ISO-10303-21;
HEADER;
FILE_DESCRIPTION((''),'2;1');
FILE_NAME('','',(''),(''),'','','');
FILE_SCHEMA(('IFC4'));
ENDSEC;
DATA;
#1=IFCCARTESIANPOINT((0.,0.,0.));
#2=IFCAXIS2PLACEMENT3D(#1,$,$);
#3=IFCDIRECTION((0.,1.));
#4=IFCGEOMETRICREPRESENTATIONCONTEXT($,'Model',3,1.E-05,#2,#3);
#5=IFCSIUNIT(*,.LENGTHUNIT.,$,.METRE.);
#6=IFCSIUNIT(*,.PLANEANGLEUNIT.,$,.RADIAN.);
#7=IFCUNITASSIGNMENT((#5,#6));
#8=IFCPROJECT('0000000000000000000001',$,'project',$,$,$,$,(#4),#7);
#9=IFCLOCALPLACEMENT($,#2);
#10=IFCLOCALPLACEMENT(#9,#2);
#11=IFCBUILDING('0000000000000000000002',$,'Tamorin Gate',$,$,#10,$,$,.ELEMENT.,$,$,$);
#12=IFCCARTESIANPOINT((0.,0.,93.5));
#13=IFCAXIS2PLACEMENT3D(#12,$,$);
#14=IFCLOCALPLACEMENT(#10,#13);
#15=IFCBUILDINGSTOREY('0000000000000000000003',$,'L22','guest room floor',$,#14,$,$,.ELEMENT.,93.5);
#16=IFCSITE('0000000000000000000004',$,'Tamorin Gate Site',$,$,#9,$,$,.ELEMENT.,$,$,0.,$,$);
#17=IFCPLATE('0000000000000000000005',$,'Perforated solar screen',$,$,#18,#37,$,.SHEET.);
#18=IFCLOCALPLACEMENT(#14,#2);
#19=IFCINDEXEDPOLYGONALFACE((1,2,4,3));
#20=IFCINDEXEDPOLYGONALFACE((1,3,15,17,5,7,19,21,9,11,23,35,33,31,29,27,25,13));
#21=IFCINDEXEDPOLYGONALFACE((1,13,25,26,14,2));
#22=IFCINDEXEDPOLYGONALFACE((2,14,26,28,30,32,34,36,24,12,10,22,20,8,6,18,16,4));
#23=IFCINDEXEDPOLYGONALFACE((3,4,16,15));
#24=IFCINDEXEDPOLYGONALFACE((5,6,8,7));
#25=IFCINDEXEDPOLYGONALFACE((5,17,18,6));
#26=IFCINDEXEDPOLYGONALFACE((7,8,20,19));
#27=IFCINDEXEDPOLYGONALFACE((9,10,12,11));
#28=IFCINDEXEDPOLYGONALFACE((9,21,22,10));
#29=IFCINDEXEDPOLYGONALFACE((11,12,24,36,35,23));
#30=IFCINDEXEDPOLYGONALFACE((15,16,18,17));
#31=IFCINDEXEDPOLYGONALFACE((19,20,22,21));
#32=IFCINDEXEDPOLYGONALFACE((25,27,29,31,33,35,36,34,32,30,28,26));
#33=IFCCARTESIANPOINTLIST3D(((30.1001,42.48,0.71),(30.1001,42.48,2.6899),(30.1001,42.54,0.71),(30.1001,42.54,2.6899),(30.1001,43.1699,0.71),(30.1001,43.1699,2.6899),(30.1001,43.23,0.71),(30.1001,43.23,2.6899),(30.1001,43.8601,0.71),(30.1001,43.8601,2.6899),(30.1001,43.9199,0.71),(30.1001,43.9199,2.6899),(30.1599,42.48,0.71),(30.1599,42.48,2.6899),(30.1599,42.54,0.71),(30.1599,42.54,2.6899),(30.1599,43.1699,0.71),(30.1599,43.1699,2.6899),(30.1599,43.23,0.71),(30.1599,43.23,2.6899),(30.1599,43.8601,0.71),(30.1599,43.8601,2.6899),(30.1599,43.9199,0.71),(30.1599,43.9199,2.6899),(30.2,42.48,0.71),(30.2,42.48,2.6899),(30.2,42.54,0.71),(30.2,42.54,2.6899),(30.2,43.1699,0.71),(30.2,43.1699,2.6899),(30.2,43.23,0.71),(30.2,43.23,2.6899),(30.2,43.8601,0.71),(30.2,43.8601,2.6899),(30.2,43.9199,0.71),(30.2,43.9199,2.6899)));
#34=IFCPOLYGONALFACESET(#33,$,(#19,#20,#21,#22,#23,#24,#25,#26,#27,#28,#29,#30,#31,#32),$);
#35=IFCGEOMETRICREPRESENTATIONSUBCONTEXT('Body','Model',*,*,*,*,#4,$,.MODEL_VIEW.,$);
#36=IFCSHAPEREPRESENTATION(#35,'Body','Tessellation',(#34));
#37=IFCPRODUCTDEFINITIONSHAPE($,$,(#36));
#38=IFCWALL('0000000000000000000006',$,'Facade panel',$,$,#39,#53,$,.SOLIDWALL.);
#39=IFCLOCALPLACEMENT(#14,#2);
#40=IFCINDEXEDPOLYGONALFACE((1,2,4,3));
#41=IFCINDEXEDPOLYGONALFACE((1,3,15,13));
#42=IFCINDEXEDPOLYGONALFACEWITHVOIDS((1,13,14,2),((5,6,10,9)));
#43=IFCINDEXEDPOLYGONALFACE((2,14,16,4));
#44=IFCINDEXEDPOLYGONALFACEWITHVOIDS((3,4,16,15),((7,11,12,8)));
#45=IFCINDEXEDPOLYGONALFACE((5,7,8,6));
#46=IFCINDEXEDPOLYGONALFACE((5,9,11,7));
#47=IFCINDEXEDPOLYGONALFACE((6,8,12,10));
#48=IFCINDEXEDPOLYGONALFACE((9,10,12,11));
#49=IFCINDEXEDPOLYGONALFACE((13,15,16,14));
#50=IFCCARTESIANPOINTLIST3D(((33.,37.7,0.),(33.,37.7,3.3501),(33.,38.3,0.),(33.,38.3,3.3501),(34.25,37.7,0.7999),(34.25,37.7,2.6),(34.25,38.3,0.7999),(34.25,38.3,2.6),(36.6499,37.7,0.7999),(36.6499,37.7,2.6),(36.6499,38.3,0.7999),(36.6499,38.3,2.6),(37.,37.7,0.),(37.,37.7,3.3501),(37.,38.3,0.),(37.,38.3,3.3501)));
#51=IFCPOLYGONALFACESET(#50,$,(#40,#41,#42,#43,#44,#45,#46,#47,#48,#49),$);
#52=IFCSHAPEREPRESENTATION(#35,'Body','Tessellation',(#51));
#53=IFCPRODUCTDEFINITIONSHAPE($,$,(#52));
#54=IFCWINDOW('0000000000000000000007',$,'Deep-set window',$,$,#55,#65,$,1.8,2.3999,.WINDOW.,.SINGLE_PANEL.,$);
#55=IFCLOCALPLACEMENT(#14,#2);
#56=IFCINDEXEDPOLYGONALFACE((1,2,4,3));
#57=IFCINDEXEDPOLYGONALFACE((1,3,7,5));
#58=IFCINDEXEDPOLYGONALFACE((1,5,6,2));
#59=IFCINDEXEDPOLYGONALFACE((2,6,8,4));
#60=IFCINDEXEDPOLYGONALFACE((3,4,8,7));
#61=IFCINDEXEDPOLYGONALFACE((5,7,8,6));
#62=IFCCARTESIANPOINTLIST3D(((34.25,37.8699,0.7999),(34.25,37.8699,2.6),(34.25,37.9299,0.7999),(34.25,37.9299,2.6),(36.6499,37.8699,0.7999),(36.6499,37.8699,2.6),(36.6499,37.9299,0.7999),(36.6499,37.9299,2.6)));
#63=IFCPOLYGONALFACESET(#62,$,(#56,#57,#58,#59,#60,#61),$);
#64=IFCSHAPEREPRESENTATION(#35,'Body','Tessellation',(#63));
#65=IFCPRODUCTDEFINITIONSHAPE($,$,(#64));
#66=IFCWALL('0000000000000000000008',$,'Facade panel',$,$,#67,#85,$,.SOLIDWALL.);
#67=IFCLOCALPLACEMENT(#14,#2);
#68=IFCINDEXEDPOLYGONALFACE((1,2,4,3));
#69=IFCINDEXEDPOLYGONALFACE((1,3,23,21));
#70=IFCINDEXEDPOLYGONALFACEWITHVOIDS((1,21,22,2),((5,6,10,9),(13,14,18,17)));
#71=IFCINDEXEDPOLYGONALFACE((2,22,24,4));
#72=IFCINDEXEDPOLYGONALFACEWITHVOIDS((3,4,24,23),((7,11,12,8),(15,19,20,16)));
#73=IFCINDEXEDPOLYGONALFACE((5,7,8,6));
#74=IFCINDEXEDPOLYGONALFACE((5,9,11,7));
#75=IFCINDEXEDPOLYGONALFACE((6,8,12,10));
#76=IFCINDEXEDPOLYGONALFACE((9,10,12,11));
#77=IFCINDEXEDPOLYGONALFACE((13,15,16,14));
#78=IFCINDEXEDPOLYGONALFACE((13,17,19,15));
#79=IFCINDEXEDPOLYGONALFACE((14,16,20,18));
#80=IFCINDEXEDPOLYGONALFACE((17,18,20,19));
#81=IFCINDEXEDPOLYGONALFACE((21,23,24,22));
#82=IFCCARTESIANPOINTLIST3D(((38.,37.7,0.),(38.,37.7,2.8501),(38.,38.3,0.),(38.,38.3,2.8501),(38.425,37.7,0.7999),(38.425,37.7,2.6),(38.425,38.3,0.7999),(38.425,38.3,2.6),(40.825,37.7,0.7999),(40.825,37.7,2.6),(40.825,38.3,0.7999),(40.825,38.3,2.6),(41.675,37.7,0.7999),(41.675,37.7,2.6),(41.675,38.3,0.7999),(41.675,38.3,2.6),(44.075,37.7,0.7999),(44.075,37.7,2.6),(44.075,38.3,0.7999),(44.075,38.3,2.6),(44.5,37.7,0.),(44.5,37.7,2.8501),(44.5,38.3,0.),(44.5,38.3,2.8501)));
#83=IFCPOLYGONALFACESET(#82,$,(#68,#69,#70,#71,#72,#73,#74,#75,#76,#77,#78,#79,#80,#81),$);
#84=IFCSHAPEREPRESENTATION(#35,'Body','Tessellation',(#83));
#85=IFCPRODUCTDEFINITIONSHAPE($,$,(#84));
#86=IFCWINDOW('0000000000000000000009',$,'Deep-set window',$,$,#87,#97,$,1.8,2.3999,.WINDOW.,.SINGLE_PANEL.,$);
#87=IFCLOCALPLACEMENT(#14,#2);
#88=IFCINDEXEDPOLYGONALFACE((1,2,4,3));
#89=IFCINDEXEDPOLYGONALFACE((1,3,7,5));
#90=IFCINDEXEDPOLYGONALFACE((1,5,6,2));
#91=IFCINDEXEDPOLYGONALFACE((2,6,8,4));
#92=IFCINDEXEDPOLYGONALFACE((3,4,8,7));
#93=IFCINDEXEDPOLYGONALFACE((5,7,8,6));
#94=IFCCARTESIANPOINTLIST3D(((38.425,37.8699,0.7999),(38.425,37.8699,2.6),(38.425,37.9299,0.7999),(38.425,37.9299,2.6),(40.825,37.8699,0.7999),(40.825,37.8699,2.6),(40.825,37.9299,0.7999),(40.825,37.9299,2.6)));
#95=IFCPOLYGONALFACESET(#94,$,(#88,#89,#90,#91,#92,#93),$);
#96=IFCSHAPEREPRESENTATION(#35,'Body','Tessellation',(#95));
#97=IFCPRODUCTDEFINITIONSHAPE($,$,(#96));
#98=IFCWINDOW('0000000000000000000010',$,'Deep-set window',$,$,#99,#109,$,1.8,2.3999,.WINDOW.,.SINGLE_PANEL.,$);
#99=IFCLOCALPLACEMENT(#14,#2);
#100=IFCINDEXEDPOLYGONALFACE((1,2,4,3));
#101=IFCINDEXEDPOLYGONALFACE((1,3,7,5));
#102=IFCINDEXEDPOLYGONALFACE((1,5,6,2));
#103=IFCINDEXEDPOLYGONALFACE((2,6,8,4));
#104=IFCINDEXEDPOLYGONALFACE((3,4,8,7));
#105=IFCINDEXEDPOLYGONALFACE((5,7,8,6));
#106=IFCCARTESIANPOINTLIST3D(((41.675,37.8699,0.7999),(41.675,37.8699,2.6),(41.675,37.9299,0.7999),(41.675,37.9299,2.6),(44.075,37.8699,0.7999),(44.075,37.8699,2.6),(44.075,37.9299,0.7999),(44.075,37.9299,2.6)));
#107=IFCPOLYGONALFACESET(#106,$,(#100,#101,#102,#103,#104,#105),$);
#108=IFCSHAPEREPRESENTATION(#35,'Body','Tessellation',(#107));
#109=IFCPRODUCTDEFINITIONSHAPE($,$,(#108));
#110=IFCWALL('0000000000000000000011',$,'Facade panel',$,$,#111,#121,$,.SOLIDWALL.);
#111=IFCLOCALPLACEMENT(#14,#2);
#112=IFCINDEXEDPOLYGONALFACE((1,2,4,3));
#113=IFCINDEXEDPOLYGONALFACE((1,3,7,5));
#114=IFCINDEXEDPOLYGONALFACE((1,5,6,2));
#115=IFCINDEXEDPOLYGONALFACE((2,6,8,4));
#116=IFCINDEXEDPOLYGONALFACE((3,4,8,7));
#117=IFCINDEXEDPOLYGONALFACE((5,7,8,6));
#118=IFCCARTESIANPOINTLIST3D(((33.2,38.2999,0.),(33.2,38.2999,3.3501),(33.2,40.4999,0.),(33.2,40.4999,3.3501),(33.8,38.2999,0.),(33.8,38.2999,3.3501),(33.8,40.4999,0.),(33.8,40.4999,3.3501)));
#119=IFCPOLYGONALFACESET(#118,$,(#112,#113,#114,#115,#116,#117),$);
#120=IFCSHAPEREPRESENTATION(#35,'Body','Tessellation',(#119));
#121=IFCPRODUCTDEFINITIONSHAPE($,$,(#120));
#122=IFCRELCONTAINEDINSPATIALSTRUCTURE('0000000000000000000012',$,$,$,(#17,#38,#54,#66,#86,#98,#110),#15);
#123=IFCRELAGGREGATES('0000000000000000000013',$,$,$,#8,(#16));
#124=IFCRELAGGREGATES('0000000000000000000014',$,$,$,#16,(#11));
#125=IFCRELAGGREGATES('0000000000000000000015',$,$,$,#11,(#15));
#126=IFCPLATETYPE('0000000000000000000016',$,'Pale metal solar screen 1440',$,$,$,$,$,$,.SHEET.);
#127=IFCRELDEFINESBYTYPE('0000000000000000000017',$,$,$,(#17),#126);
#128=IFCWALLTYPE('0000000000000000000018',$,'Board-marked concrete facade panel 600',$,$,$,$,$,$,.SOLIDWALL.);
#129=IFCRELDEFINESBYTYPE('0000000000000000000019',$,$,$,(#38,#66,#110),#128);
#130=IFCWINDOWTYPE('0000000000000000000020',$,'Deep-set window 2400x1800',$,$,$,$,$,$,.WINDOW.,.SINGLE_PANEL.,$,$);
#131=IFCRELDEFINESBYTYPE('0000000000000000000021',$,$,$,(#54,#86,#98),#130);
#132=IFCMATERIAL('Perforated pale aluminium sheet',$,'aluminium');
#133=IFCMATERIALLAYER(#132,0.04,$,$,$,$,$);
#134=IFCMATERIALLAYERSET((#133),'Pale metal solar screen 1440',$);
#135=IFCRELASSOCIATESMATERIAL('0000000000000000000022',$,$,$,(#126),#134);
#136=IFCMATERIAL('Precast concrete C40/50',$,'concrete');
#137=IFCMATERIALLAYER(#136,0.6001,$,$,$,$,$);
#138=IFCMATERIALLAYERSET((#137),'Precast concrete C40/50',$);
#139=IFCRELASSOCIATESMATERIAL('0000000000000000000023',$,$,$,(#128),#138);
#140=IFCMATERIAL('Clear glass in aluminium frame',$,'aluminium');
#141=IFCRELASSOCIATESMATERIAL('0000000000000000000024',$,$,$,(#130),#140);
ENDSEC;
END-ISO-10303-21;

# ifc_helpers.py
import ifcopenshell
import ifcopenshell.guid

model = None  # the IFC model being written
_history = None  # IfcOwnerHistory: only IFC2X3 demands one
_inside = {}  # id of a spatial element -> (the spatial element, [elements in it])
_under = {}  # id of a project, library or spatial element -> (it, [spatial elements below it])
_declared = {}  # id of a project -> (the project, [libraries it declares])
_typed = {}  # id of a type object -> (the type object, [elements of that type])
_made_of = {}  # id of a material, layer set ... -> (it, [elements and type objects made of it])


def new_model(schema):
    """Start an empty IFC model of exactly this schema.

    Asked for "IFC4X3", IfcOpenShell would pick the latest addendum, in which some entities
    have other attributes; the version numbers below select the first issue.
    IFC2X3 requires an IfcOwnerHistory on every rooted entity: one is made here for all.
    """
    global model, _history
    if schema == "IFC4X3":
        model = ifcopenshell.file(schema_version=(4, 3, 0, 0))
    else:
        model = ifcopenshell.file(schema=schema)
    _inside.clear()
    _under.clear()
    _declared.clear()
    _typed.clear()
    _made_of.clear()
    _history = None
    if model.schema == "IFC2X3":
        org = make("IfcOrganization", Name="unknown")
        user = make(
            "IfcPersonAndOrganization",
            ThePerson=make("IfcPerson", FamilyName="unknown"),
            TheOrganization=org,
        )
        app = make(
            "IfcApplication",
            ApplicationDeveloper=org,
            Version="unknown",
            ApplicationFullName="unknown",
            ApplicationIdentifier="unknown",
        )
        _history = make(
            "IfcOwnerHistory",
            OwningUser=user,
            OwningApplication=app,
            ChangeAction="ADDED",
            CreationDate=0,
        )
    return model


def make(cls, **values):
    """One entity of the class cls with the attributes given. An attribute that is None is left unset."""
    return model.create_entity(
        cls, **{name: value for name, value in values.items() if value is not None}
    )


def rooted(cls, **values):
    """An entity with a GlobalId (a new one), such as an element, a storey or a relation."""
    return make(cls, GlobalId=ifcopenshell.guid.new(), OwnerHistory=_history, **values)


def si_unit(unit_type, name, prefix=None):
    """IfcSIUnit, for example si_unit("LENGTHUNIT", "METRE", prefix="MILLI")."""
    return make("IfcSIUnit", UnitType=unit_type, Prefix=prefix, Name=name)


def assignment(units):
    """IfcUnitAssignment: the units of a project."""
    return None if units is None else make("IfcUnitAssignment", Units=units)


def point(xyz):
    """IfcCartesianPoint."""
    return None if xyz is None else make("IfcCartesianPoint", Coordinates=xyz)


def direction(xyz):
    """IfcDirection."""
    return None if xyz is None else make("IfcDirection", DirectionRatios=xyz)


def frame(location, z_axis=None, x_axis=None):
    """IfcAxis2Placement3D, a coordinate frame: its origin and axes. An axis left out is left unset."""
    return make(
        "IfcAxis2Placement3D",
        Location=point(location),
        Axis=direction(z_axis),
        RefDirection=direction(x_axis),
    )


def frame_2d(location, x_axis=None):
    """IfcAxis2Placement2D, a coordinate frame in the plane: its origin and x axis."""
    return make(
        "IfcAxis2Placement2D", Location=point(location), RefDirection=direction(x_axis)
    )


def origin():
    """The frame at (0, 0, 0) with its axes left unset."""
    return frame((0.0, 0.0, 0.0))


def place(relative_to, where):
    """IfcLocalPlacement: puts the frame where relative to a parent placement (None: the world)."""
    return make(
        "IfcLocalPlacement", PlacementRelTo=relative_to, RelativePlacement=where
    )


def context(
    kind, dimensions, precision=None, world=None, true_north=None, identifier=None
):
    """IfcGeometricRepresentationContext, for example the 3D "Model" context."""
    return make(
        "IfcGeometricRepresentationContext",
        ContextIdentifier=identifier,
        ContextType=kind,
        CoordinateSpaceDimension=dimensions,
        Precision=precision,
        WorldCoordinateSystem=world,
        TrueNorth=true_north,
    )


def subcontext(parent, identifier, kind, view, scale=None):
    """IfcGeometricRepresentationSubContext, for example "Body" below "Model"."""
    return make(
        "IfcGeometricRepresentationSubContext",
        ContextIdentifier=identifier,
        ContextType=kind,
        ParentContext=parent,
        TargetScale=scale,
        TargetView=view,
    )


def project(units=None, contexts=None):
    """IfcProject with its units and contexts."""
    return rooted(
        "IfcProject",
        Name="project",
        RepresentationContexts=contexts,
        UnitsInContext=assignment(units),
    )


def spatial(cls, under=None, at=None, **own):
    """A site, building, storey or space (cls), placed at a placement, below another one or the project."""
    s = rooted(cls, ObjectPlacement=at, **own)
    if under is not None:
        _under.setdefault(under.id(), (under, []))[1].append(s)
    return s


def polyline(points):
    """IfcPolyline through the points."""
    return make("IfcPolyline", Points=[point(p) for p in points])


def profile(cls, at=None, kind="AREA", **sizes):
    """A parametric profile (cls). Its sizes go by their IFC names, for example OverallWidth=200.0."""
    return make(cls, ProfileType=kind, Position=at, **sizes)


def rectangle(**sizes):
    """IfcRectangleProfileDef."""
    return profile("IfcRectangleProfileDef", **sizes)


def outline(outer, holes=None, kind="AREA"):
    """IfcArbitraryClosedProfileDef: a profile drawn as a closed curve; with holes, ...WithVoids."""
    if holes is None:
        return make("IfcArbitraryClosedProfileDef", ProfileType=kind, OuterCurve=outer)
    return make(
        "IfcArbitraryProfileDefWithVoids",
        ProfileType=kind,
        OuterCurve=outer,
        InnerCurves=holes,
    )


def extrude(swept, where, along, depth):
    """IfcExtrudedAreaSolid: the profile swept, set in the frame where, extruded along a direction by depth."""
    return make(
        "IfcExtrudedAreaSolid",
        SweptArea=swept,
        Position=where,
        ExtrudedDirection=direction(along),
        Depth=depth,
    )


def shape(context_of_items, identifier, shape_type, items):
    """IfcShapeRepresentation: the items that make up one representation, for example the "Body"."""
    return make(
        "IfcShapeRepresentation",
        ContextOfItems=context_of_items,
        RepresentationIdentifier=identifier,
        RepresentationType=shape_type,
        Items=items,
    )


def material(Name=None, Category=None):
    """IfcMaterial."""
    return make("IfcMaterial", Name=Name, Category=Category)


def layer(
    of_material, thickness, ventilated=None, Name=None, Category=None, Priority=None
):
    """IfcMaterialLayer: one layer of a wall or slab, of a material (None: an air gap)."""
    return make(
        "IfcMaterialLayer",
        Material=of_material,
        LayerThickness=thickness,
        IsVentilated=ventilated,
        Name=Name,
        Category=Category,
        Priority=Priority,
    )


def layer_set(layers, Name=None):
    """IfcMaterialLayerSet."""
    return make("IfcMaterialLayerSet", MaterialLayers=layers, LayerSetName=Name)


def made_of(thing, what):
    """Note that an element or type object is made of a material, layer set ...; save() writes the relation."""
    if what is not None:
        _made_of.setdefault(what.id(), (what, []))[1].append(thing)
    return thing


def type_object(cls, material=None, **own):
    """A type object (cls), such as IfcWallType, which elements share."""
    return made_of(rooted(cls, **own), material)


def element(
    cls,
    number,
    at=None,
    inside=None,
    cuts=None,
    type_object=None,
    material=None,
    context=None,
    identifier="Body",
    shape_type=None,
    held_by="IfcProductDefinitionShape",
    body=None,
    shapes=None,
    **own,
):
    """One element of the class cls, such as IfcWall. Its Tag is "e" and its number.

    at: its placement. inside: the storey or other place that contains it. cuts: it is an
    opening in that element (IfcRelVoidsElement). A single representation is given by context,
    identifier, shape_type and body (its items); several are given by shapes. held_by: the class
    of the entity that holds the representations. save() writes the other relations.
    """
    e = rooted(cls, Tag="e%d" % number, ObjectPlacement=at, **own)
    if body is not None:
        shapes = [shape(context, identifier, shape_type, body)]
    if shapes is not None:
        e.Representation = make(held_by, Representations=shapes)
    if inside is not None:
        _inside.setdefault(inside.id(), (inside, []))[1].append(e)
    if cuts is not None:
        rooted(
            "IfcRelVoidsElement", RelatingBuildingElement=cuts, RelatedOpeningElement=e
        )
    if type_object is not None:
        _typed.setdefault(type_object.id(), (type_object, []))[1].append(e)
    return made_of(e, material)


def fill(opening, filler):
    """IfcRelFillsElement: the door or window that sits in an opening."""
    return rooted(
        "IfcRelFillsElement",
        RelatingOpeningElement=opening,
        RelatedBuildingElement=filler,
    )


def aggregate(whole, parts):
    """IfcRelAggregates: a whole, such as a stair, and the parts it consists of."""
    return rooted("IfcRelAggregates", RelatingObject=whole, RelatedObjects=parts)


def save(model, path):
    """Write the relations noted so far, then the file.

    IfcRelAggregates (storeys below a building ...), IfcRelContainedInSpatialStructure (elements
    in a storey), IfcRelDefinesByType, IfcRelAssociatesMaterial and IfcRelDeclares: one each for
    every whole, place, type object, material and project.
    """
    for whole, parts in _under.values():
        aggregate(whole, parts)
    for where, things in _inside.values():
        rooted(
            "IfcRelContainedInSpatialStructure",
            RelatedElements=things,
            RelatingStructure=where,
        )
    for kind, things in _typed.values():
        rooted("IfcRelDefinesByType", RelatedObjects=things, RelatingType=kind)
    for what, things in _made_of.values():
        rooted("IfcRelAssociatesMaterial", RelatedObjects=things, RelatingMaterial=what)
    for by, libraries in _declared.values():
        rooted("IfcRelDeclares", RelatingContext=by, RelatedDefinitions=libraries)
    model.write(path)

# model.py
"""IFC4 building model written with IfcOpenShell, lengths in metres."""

from ifc_helpers import new_model, si_unit, direction, frame, frame_2d, origin, place, context, subcontext, project, spatial, polyline, rectangle, outline, extrude, material, layer, layer_set, type_object, element, fill, save


model = new_model("IFC4")

# Units and contexts
model_context = context("Model", 3, precision=1e-05, world=origin(), true_north=direction((0.0, 1.0)))
body_context = subcontext(model_context, "Body", "Model", "MODEL_VIEW")
ifc_project = project(units=[si_unit("LENGTHUNIT", "METRE"), si_unit("PLANEANGLEUNIT", "RADIAN")], contexts=[model_context])

# Site, building, storey
site_placement = place(None, origin())
site = spatial("IfcSite", under=ifc_project, at=site_placement, Name="Tamorin Gate Site", CompositionType="ELEMENT", RefElevation=0.0)
building_placement = place(site_placement, origin())
building = spatial("IfcBuilding", under=site, at=building_placement, Name="Tamorin Gate", CompositionType="ELEMENT")
storey_placement = place(building_placement, frame((0.0, 0.0, 93.5)))
storey = spatial("IfcBuildingStorey", under=building, at=storey_placement, Name="L22", Description="guest room floor", CompositionType="ELEMENT", Elevation=93.5)

# Plate
ifc_material_1 = material(Name="Perforated pale aluminium sheet", Category="aluminium")
ifc_layer_1 = layer(ifc_material_1, 0.04)
ifc_layer_set_1 = layer_set([ifc_layer_1], Name="Pale metal solar screen 1440")
plate_type = type_object("IfcPlateType", Name="Pale metal solar screen 1440", PredefinedType="SHEET", material=ifc_layer_set_1)
plate_1_placement = place(storey_placement, frame((0.0, 0.0, 0.71)))
element("IfcPlate", 1, at=plate_1_placement, inside=storey, type_object=plate_type, Name="Perforated solar screen", PredefinedType="SHEET", context=body_context, shape_type="SweptSolid", body=[
    extrude(outline(polyline([(30.1599, 43.9199), (30.2, 43.9199), (30.2, 43.8601), (30.2, 43.23), (30.2, 43.1699), (30.2, 42.54), (30.2, 42.48), (30.1599, 42.48), (30.1001, 42.48), (30.1001, 42.54), (30.1599, 42.54), (30.1599, 43.1699), (30.1001, 43.1699), (30.1001, 43.23), (30.1599, 43.23), (30.1599, 43.8601), (30.1001, 43.8601), (30.1001, 43.9199), (30.1599, 43.9199)])), origin(), (0.0, 0.0, 1.0), 1.98),
])

# Wall, opening, window
ifc_material_2 = material(Name="Precast concrete C40/50", Category="concrete")
ifc_layer_2 = layer(ifc_material_2, 0.6001)
ifc_layer_set_2 = layer_set([ifc_layer_2], Name="Precast concrete C40/50")
wall_type = type_object("IfcWallType", Name="Board-marked concrete facade panel 600", PredefinedType="SOLIDWALL", material=ifc_layer_set_2)
wall_1_placement = place(storey_placement, frame((33.0, 38.0, 0.0), z_axis=(0.0, 0.0, 1.0), x_axis=(1.0, 0.0, 0.0)))
wall_1 = element("IfcWall", 2, at=wall_1_placement, inside=storey, type_object=wall_type, Name="Facade panel", PredefinedType="SOLIDWALL", context=body_context, shape_type="SweptSolid", body=[
    extrude(rectangle(XDim=4.0, YDim=0.6001, at=frame_2d((2.0, 0.0))), origin(), (0.0, 0.0, 1.0), 3.3501),
])
opening_1_placement = place(wall_1_placement, frame((1.25, 0.0, 0.8)))
opening_1 = element("IfcOpeningElement", 3, at=opening_1_placement, cuts=wall_1, PredefinedType="OPENING", context=body_context, shape_type="SweptSolid", body=[
    extrude(rectangle(XDim=2.3999, YDim=1.8, at=frame_2d((1.2, 0.8999))), frame((0.0, 0.3101, 0.0), z_axis=(0.0, -1.0, 0.0), x_axis=(1.0, 0.0, 0.0)), (0.0, 0.0, 1.0), 0.6201),
])
ifc_material_3 = material(Name="Clear glass in aluminium frame", Category="aluminium")
window_type = type_object("IfcWindowType", Name="Deep-set window 2400x1800", PartitioningType="SINGLE_PANEL", PredefinedType="WINDOW", material=ifc_material_3)
window_1_placement = place(opening_1_placement, origin())
window_1 = element("IfcWindow", 4, at=window_1_placement, inside=storey, type_object=window_type, Name="Deep-set window", OverallHeight=1.8, OverallWidth=2.3999, PartitioningType="SINGLE_PANEL", PredefinedType="WINDOW", context=body_context, shape_type="SweptSolid", body=[
    extrude(rectangle(XDim=2.3999, YDim=1.8, at=frame_2d((1.2, 0.8999))), frame((0.0, -0.0701, 0.0), z_axis=(0.0, -1.0, 0.0), x_axis=(1.0, 0.0, 0.0)), (0.0, 0.0, 1.0), 0.0601),
])
fill(opening_1, window_1)

# Wall, openings, windows
wall_2_placement = place(storey_placement, frame((38.0, 38.0, 0.0), z_axis=(0.0, 0.0, 1.0), x_axis=(1.0, 0.0, 0.0)))
wall_2 = element("IfcWall", 5, at=wall_2_placement, inside=storey, type_object=wall_type, Name="Facade panel", PredefinedType="SOLIDWALL", context=body_context, shape_type="SweptSolid", body=[
    extrude(rectangle(XDim=6.5, YDim=0.6001, at=frame_2d((3.25, 0.0))), origin(), (0.0, 0.0, 1.0), 2.8501),
])
opening_2_placement = place(wall_2_placement, frame((0.425, 0.0, 0.8)))
opening_2 = element("IfcOpeningElement", 6, at=opening_2_placement, cuts=wall_2, PredefinedType="OPENING", context=body_context, shape_type="SweptSolid", body=[
    extrude(rectangle(XDim=2.3999, YDim=1.8, at=frame_2d((1.2, 0.8999))), frame((0.0, 0.3101, 0.0), z_axis=(0.0, -1.0, 0.0), x_axis=(1.0, 0.0, 0.0)), (0.0, 0.0, 1.0), 0.6201),
])
opening_3_placement = place(wall_2_placement, frame((3.675, 0.0, 0.8)))
opening_3 = element("IfcOpeningElement", 7, at=opening_3_placement, cuts=wall_2, PredefinedType="OPENING", context=body_context, shape_type="SweptSolid", body=[
    extrude(rectangle(XDim=2.3999, YDim=1.8, at=frame_2d((1.2, 0.8999))), frame((0.0, 0.3101, 0.0), z_axis=(0.0, -1.0, 0.0), x_axis=(1.0, 0.0, 0.0)), (0.0, 0.0, 1.0), 0.6201),
])
window_2_placement = place(opening_2_placement, origin())
window_2 = element("IfcWindow", 8, at=window_2_placement, inside=storey, type_object=window_type, Name="Deep-set window", OverallHeight=1.8, OverallWidth=2.3999, PartitioningType="SINGLE_PANEL", PredefinedType="WINDOW", context=body_context, shape_type="SweptSolid", body=[
    extrude(rectangle(XDim=2.3999, YDim=1.8, at=frame_2d((1.2, 0.8999))), frame((0.0, -0.0701, 0.0), z_axis=(0.0, -1.0, 0.0), x_axis=(1.0, 0.0, 0.0)), (0.0, 0.0, 1.0), 0.0601),
])
fill(opening_2, window_2)
window_3_placement = place(opening_3_placement, origin())
window_3 = element("IfcWindow", 9, at=window_3_placement, inside=storey, type_object=window_type, Name="Deep-set window", OverallHeight=1.8, OverallWidth=2.3999, PartitioningType="SINGLE_PANEL", PredefinedType="WINDOW", context=body_context, shape_type="SweptSolid", body=[
    extrude(rectangle(XDim=2.3999, YDim=1.8, at=frame_2d((1.2, 0.8999))), frame((0.0, -0.0701, 0.0), z_axis=(0.0, -1.0, 0.0), x_axis=(1.0, 0.0, 0.0)), (0.0, 0.0, 1.0), 0.0601),
])
fill(opening_3, window_3)

# Wall
wall_3_placement = place(storey_placement, frame((33.5, 40.5, 0.0), z_axis=(0.0, 0.0, 1.0), x_axis=(0.0, -1.0, 0.0)))
element("IfcWall", 10, at=wall_3_placement, inside=storey, type_object=wall_type, Name="Facade panel", PredefinedType="SOLIDWALL", context=body_context, shape_type="SweptSolid", body=[
    extrude(rectangle(XDim=2.2, YDim=0.6001, at=frame_2d((1.1001, 0.0))), origin(), (0.0, 0.0, 1.0), 3.3501),
])

save(model, "model.ifc")
